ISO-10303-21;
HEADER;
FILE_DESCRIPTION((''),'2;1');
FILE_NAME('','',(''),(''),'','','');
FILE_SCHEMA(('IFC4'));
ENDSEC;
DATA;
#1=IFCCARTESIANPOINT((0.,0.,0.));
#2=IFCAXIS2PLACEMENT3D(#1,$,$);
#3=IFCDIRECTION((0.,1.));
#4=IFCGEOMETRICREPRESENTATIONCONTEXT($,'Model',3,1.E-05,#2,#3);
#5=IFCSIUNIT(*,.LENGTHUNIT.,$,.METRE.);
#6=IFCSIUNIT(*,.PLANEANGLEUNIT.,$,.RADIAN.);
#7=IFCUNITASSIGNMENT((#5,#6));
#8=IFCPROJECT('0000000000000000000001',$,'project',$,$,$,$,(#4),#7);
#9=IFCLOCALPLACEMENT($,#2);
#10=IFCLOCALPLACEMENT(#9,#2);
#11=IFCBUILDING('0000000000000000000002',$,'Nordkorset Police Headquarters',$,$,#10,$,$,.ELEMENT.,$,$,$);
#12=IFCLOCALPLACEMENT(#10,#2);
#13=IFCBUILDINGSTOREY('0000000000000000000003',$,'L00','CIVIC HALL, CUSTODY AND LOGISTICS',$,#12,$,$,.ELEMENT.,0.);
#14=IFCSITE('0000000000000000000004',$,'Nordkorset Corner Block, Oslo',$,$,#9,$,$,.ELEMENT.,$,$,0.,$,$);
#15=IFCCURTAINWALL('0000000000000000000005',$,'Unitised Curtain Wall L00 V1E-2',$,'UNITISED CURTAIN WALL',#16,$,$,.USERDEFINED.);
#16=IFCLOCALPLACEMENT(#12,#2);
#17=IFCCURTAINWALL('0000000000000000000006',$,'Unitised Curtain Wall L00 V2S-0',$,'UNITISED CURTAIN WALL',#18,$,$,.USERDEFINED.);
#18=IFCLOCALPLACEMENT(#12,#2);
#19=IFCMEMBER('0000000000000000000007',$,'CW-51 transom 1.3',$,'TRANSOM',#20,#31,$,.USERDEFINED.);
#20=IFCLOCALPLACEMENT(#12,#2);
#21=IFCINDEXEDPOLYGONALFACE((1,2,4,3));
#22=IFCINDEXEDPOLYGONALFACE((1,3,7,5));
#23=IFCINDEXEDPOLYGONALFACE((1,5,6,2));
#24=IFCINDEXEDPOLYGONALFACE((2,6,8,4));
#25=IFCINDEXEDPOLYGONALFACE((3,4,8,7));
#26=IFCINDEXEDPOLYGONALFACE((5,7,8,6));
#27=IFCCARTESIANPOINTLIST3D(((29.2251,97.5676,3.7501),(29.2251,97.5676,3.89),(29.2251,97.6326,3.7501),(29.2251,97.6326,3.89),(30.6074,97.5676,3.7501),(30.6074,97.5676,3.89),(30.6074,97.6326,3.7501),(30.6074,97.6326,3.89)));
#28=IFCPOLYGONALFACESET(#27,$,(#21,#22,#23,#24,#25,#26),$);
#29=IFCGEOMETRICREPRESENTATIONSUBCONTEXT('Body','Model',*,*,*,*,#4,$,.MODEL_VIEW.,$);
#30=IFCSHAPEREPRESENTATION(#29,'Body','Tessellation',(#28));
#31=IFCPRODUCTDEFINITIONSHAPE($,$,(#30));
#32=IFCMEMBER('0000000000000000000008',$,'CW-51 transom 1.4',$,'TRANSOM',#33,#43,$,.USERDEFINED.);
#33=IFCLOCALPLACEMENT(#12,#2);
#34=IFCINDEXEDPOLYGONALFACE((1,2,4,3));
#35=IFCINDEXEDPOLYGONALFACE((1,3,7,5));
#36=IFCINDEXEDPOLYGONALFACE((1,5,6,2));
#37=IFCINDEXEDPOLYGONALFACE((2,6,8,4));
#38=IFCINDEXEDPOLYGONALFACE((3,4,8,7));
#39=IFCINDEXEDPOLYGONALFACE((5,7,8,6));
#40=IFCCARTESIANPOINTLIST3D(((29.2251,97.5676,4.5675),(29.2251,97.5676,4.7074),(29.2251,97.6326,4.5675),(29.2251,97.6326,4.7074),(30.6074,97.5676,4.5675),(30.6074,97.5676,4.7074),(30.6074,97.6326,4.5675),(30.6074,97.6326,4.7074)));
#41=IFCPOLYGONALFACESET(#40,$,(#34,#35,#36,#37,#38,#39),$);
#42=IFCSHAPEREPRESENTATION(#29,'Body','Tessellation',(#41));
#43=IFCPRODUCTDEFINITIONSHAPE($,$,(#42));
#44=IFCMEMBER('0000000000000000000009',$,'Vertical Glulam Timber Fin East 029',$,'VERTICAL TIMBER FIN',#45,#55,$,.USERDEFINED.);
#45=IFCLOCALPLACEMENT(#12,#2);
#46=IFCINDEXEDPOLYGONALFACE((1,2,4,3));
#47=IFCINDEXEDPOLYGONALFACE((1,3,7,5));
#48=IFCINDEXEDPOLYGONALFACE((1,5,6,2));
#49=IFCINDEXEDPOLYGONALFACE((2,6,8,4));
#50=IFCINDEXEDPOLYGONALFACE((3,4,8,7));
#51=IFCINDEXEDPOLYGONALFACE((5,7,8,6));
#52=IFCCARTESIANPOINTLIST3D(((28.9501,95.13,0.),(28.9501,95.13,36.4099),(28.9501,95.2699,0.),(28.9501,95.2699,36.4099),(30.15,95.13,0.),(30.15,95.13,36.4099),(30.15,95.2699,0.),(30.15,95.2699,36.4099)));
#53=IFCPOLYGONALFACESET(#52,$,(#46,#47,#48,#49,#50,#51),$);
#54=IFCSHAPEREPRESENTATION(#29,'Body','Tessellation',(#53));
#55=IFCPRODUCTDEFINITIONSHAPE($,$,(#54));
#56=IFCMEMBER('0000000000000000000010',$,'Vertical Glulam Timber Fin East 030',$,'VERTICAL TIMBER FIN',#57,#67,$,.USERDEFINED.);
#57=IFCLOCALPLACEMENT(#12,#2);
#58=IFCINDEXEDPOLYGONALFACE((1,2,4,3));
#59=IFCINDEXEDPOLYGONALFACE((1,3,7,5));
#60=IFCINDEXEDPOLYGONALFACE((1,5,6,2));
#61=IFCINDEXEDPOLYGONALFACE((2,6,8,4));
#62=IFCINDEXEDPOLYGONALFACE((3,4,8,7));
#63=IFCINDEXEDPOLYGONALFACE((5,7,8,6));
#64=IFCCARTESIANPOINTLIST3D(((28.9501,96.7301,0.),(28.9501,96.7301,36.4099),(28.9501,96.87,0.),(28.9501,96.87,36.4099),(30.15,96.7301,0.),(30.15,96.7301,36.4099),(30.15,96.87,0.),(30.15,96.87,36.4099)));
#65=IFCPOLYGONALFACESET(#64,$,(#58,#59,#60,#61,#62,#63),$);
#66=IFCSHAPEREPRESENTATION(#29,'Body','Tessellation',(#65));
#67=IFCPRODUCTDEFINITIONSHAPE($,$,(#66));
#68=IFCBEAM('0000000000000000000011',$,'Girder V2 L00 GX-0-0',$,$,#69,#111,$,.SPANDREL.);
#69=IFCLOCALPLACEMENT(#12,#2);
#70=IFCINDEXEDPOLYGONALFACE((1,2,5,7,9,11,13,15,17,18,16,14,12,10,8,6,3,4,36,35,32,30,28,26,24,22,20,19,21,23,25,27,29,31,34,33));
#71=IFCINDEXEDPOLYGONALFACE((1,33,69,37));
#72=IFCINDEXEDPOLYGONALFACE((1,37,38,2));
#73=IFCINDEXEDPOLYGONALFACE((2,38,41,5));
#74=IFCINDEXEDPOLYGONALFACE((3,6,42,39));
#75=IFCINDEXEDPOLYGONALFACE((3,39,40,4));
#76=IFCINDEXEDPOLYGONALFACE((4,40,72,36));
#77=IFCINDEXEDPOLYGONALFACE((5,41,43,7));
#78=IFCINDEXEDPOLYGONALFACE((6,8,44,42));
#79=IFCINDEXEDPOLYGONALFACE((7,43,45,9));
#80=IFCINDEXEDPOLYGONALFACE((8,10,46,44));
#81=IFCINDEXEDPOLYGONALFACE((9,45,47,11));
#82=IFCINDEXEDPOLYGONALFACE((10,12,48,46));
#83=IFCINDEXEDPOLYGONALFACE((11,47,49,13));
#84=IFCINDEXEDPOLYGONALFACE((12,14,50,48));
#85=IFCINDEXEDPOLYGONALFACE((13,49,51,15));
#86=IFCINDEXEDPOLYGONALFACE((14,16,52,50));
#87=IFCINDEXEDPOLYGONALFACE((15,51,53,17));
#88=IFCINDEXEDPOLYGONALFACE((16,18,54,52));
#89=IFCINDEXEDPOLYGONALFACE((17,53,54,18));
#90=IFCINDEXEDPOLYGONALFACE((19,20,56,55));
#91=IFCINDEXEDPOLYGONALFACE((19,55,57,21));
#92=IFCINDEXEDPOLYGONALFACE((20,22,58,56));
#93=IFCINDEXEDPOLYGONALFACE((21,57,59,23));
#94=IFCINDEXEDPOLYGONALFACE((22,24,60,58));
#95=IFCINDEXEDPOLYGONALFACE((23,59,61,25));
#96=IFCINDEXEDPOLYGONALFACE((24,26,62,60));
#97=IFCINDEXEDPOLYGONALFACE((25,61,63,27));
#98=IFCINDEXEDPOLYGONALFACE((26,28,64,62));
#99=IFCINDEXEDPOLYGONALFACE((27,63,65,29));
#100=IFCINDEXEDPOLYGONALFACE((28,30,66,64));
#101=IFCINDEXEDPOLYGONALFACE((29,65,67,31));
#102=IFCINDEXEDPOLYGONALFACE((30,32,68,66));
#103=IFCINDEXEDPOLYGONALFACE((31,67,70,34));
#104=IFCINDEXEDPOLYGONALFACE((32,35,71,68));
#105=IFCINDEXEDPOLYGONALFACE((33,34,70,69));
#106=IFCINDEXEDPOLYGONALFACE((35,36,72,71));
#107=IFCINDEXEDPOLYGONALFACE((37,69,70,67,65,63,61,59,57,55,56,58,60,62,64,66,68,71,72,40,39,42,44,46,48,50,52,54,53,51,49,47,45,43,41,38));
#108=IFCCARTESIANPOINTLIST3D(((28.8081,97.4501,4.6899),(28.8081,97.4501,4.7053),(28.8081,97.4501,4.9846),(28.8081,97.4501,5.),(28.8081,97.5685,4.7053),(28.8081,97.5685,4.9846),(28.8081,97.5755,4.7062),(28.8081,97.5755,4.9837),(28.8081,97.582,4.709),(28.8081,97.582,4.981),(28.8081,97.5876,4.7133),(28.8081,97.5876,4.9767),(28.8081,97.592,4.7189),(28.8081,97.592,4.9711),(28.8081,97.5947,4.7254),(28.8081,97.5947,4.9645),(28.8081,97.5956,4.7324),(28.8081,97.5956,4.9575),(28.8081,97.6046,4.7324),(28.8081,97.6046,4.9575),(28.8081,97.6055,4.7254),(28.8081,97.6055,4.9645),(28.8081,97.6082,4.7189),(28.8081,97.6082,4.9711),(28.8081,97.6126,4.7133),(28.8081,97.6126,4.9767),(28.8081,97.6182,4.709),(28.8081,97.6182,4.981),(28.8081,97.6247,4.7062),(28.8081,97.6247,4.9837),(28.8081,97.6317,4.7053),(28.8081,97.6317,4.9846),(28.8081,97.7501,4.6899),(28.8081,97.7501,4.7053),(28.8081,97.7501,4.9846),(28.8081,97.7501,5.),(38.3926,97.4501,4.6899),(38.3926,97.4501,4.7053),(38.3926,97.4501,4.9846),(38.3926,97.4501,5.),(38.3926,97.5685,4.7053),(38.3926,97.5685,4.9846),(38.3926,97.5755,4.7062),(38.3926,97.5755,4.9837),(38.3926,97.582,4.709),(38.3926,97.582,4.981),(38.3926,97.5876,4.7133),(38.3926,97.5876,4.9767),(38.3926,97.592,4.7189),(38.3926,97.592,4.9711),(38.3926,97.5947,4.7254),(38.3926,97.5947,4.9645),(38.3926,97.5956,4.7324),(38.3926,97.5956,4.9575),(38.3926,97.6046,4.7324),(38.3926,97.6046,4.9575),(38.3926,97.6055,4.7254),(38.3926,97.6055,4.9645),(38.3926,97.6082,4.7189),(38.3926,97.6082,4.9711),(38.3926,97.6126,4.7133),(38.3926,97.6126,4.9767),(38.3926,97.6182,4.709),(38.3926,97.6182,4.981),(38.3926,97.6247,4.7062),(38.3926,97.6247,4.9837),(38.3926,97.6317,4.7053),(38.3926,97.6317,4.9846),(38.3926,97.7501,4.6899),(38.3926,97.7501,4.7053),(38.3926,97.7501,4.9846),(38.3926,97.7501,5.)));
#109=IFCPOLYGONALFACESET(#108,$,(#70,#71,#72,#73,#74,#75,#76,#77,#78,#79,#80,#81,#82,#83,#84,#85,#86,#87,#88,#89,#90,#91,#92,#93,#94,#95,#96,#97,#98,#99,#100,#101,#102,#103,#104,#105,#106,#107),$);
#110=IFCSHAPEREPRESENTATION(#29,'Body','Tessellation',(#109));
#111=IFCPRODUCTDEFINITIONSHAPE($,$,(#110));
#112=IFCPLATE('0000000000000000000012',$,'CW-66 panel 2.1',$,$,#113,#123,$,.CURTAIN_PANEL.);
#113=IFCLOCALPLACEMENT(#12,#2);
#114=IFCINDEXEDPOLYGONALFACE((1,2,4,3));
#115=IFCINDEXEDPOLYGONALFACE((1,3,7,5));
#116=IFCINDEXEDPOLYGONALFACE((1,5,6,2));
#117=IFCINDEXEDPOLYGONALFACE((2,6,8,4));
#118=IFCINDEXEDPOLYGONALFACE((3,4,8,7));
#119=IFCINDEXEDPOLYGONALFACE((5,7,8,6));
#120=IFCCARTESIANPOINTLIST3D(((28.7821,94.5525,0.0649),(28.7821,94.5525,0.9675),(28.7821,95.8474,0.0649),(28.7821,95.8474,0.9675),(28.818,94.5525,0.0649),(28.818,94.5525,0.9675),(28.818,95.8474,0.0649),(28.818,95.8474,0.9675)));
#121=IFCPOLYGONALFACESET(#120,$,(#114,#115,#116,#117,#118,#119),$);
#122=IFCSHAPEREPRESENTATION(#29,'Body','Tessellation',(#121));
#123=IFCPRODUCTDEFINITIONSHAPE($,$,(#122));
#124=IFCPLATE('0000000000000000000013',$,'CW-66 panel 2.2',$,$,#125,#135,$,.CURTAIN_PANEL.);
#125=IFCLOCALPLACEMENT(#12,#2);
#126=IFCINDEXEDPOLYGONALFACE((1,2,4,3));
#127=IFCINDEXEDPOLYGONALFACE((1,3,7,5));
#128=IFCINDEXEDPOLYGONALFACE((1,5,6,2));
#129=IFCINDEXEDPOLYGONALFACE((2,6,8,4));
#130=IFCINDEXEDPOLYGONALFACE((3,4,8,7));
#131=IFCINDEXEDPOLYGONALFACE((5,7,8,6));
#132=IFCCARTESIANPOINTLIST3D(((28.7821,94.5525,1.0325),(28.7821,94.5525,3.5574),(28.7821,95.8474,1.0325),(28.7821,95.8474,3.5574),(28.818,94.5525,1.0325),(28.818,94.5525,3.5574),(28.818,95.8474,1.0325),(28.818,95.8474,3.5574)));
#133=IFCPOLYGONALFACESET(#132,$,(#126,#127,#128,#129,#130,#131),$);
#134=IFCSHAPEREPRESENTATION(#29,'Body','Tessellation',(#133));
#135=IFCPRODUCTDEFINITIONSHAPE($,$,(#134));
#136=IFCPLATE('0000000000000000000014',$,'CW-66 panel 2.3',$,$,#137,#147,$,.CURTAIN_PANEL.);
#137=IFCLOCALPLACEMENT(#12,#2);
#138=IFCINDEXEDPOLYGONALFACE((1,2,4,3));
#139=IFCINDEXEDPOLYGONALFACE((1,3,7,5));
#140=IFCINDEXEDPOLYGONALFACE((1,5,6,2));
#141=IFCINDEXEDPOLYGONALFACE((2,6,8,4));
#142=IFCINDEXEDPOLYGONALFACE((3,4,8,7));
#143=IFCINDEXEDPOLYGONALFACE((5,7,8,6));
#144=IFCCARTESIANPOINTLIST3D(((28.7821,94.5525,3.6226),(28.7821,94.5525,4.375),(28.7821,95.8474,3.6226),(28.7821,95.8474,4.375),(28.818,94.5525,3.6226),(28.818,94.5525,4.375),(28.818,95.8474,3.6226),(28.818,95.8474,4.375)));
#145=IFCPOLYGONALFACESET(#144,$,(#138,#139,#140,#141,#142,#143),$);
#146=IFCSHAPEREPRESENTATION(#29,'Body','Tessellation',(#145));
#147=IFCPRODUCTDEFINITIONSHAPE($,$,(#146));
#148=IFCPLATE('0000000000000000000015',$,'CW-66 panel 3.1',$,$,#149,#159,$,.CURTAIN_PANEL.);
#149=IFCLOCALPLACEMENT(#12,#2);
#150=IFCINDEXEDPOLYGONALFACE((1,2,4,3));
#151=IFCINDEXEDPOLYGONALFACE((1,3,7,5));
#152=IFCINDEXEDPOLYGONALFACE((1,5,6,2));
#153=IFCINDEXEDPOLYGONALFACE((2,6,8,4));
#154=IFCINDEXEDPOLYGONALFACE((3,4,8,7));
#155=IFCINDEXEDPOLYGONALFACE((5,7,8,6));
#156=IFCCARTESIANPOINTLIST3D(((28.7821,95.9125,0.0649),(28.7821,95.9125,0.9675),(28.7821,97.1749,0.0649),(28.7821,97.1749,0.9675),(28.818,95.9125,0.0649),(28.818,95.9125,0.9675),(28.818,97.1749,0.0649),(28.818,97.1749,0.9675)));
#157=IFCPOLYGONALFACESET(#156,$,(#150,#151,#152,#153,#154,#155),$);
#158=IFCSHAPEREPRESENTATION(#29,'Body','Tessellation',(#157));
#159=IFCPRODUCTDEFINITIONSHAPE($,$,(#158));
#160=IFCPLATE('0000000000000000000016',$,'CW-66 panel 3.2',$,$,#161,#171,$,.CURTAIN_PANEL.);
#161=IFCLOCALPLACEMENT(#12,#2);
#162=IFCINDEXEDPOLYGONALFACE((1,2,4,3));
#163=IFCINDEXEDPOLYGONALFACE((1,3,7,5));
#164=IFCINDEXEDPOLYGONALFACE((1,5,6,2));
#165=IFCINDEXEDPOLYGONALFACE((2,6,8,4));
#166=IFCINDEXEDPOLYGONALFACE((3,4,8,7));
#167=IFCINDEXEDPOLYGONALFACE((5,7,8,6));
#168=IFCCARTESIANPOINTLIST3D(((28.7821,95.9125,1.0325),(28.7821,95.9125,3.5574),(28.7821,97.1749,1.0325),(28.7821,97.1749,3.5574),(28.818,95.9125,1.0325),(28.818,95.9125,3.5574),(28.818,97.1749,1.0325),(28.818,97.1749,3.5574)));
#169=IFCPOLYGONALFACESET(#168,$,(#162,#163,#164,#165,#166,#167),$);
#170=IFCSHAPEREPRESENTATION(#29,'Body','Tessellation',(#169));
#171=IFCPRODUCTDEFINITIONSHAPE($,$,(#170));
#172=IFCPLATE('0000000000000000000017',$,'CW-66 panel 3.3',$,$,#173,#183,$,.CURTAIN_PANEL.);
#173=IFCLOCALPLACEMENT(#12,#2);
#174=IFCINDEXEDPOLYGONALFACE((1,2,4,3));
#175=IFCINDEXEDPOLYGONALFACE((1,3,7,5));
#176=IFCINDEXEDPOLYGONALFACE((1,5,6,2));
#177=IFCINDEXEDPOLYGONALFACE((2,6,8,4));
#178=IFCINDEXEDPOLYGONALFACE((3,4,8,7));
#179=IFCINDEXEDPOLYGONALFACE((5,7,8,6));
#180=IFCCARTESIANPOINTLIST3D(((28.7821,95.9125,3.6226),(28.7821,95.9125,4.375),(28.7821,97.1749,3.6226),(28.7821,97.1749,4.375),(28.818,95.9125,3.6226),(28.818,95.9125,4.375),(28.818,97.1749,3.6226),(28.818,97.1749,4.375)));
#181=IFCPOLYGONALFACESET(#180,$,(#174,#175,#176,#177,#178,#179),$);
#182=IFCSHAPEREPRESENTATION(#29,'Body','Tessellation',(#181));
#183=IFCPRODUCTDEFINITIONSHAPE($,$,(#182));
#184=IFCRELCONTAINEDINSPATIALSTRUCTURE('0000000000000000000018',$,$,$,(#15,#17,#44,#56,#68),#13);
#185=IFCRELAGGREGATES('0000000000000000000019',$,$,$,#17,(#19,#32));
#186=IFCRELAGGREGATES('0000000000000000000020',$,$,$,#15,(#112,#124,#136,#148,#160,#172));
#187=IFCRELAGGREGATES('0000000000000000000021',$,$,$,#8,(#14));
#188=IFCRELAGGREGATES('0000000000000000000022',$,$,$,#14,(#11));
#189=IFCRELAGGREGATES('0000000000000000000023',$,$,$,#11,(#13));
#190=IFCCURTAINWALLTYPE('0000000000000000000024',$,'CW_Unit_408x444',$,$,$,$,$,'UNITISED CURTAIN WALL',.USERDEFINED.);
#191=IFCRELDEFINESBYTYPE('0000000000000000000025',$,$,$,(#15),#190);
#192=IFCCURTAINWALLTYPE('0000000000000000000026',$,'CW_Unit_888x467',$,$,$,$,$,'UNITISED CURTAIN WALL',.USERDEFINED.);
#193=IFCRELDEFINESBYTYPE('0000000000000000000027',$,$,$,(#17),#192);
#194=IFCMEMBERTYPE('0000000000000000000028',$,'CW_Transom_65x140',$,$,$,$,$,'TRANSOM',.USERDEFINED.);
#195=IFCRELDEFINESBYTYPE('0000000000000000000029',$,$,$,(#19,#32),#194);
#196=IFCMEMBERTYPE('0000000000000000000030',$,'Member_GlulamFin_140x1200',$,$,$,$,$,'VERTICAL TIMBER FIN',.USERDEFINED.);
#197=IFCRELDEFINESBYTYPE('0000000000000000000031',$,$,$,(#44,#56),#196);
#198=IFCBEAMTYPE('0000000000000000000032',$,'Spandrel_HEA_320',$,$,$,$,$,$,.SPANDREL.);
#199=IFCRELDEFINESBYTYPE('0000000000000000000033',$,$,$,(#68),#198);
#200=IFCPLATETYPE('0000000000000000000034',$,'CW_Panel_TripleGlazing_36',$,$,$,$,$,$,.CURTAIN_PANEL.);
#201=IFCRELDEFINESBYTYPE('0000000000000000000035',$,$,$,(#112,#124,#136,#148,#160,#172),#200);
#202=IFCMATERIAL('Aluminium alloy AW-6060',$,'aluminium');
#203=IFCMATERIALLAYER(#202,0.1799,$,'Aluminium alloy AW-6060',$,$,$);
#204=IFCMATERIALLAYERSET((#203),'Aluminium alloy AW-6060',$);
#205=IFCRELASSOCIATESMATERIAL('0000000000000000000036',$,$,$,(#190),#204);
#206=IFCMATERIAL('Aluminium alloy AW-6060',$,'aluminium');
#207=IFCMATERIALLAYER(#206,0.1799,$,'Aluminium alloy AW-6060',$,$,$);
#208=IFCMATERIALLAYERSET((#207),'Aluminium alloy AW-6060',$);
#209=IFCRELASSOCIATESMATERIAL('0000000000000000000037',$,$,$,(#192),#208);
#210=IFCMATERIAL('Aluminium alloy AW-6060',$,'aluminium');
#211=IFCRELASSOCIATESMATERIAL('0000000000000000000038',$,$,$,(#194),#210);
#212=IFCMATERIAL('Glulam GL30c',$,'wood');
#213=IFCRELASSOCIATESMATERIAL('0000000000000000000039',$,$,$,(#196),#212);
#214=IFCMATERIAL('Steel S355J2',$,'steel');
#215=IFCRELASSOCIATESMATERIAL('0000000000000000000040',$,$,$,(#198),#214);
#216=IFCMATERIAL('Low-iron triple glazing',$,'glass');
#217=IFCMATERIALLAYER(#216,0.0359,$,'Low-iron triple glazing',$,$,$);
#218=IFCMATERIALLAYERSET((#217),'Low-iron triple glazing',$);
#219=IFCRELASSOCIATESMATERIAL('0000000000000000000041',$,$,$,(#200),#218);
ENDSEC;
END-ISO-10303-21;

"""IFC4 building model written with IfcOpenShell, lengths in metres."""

from ifc_helpers import new_model, si_unit, direction, frame, origin, origin_2d, place, context, subcontext, project, spatial, rectangle, i_section, extrude, material, layer, layer_set, material_profile, profile_set, type_object, element, aggregate, save


model = new_model("IFC4")

# Units and contexts
model_context = context("Model", 3, precision=1e-05, world=origin(), true_north=direction((0.0, 1.0)))
body_context = subcontext(model_context, "Body", "Model", "MODEL_VIEW")
ifc_project = project(units=[si_unit("LENGTHUNIT", "METRE"), si_unit("PLANEANGLEUNIT", "RADIAN")], contexts=[model_context])

# Site, building, storey
site_placement = place(None, origin())
site = spatial("IfcSite", under=ifc_project, at=site_placement, Name="Nordkorset Corner Block, Oslo", CompositionType="ELEMENT", RefElevation=0.0)
building_placement = place(site_placement, origin())
building = spatial("IfcBuilding", under=site, at=building_placement, Name="Nordkorset Police Headquarters", CompositionType="ELEMENT")
storey_placement = place(building_placement, origin())
storey = spatial("IfcBuildingStorey", under=building, at=storey_placement, Name="L00", Description="CIVIC HALL, CUSTODY AND LOGISTICS", CompositionType="ELEMENT", Elevation=0.0)

# Curtain wall
ifc_material_1 = material(Name="Aluminium alloy AW-6060", Category="aluminium")
ifc_layer_1 = layer(ifc_material_1, 0.1799, Name="Aluminium alloy AW-6060")
ifc_layer_set_1 = layer_set([ifc_layer_1], Name="Aluminium alloy AW-6060")
curtain_wall_type_1 = type_object("IfcCurtainWallType", Name="CW_Unit_408x444", ElementType="UNITISED CURTAIN WALL", PredefinedType="USERDEFINED", material=ifc_layer_set_1)
curtain_wall_1_placement = place(storey_placement, origin())
curtain_wall_1 = element("IfcCurtainWall", 1, at=curtain_wall_1_placement, inside=storey, type_object=curtain_wall_type_1, Name="Unitised Curtain Wall L00 V1E-2", ObjectType="UNITISED CURTAIN WALL", PredefinedType="USERDEFINED")

# Curtain wall
ifc_material_2 = material(Name="Aluminium alloy AW-6060", Category="aluminium")
ifc_layer_2 = layer(ifc_material_2, 0.1799, Name="Aluminium alloy AW-6060")
ifc_layer_set_2 = layer_set([ifc_layer_2], Name="Aluminium alloy AW-6060")
curtain_wall_type_2 = type_object("IfcCurtainWallType", Name="CW_Unit_888x467", ElementType="UNITISED CURTAIN WALL", PredefinedType="USERDEFINED", material=ifc_layer_set_2)
curtain_wall_2_placement = place(storey_placement, origin())
curtain_wall_2 = element("IfcCurtainWall", 2, at=curtain_wall_2_placement, inside=storey, type_object=curtain_wall_type_2, Name="Unitised Curtain Wall L00 V2S-0", ObjectType="UNITISED CURTAIN WALL", PredefinedType="USERDEFINED")

# Members
ifc_material_3 = material(Name="Aluminium alloy AW-6060", Category="aluminium")
ifc_material_profile_1 = material_profile(ifc_material_3, rectangle(XDim=0.0649, YDim=0.1399, at=origin_2d()), Name="ALU TRAN 65x140")
ifc_profile_set_1 = profile_set([ifc_material_profile_1], Name="Aluminium alloy AW-6060")
member_type_1 = type_object("IfcMemberType", Name="CW_Transom_65x140", ElementType="TRANSOM", PredefinedType="USERDEFINED", material=ifc_profile_set_1)
member_1_placement = place(storey_placement, frame((29.2251, 97.6001, 3.8201), z_axis=(1.0, 0.0, 0.0), x_axis=(0.0, 1.0, 0.0)))
member_1 = element("IfcMember", 3, at=member_1_placement, type_object=member_type_1, Name="CW-51 transom 1.3", ObjectType="TRANSOM", PredefinedType="USERDEFINED", context=body_context, shape_type="SweptSolid", body=[
    extrude(rectangle(XDim=0.0649, YDim=0.1399, at=origin_2d()), origin(), (0.0, 0.0, 1.0), 1.3823),
])
member_2_placement = place(storey_placement, frame((29.2251, 97.6001, 4.6375), z_axis=(1.0, 0.0, 0.0), x_axis=(0.0, 1.0, 0.0)))
member_2 = element("IfcMember", 4, at=member_2_placement, type_object=member_type_1, Name="CW-51 transom 1.4", ObjectType="TRANSOM", PredefinedType="USERDEFINED", context=body_context, shape_type="SweptSolid", body=[
    extrude(rectangle(XDim=0.0649, YDim=0.1399, at=origin_2d()), origin(), (0.0, 0.0, 1.0), 1.3823),
])
aggregate(curtain_wall_2, [member_1, member_2])

# Members
ifc_material_4 = material(Name="Glulam GL30c", Category="wood")
ifc_material_profile_2 = material_profile(ifc_material_4, rectangle(XDim=0.1399, YDim=1.2, at=origin_2d()), Name="GL30C FIN 140x1200")
ifc_profile_set_2 = profile_set([ifc_material_profile_2], Name="Glulam GL30c")
member_type_2 = type_object("IfcMemberType", Name="Member_GlulamFin_140x1200", ElementType="VERTICAL TIMBER FIN", PredefinedType="USERDEFINED", material=ifc_profile_set_2)
for number, where, z_axis, x_axis, name in (
    (5, (29.55, 95.2, 0.0), (0.0, 0.0, 1.0), (0.0, 1.0, 0.0), "Vertical Glulam Timber Fin East 029"),
    (6, (29.55, 96.8, 0.0), (0.0, 0.0, 1.0), (0.0, 1.0, 0.0), "Vertical Glulam Timber Fin East 030"),
):
    element("IfcMember", number, at=place(storey_placement, frame(where, z_axis=z_axis, x_axis=x_axis)), inside=storey, type_object=member_type_2, Name=name, ObjectType="VERTICAL TIMBER FIN", PredefinedType="USERDEFINED", context=body_context, shape_type="SweptSolid", body=[
        extrude(rectangle(XDim=0.1399, YDim=1.2, at=origin_2d()), origin(), (0.0, 0.0, 1.0), 36.4099),
    ])

# Beam
ifc_material_5 = material(Name="Steel S355J2", Category="steel")
ifc_material_profile_3 = material_profile(ifc_material_5, i_section(OverallWidth=0.3, OverallDepth=0.3101, WebThickness=0.009, FlangeThickness=0.0154, FilletRadius=0.0271, at=origin_2d()), Name="HEA 320")
ifc_profile_set_3 = profile_set([ifc_material_profile_3], Name="Steel S355J2")
beam_type = type_object("IfcBeamType", Name="Spandrel_HEA_320", PredefinedType="SPANDREL", material=ifc_profile_set_3)
beam_placement = place(storey_placement, frame((28.8081, 97.6001, 4.845), z_axis=(1.0, 0.0, 0.0), x_axis=(0.0, 1.0, 0.0)))
element("IfcBeam", 7, at=beam_placement, inside=storey, type_object=beam_type, Name="Girder V2 L00 GX-0-0", PredefinedType="SPANDREL", context=body_context, shape_type="SweptSolid", body=[
    extrude(i_section(OverallWidth=0.3, OverallDepth=0.3101, WebThickness=0.009, FlangeThickness=0.0154, FilletRadius=0.0271, at=origin_2d()), origin(), (0.0, 0.0, 1.0), 9.5845),
])

# Plates
ifc_material_6 = material(Name="Low-iron triple glazing", Category="glass")
ifc_layer_3 = layer(ifc_material_6, 0.0359, Name="Low-iron triple glazing")
ifc_layer_set_3 = layer_set([ifc_layer_3], Name="Low-iron triple glazing")
plate_type = type_object("IfcPlateType", Name="CW_Panel_TripleGlazing_36", PredefinedType="CURTAIN_PANEL", material=ifc_layer_set_3)
plate_1_placement = place(storey_placement, frame((28.8, 95.2, 0.0649), z_axis=(0.0, 0.0, 1.0), x_axis=(0.0, 1.0, 0.0)))
plate_1 = element("IfcPlate", 8, at=plate_1_placement, type_object=plate_type, Name="CW-66 panel 2.1", PredefinedType="CURTAIN_PANEL", context=body_context, shape_type="SweptSolid", body=[
    extrude(rectangle(XDim=1.2949, YDim=0.0359, at=origin_2d()), origin(), (0.0, 0.0, 1.0), 0.9026),
])
plate_2_placement = place(storey_placement, frame((28.8, 95.2, 1.0325), z_axis=(0.0, 0.0, 1.0), x_axis=(0.0, 1.0, 0.0)))
plate_2 = element("IfcPlate", 9, at=plate_2_placement, type_object=plate_type, Name="CW-66 panel 2.2", PredefinedType="CURTAIN_PANEL", context=body_context, shape_type="SweptSolid", body=[
    extrude(rectangle(XDim=1.2949, YDim=0.0359, at=origin_2d()), origin(), (0.0, 0.0, 1.0), 2.5249),
])
plate_3_placement = place(storey_placement, frame((28.8, 95.2, 3.6226), z_axis=(0.0, 0.0, 1.0), x_axis=(0.0, 1.0, 0.0)))
plate_3 = element("IfcPlate", 10, at=plate_3_placement, type_object=plate_type, Name="CW-66 panel 2.3", PredefinedType="CURTAIN_PANEL", context=body_context, shape_type="SweptSolid", body=[
    extrude(rectangle(XDim=1.2949, YDim=0.0359, at=origin_2d()), origin(), (0.0, 0.0, 1.0), 0.7524),
])
plate_4_placement = place(storey_placement, frame((28.8, 96.5437, 0.0649), z_axis=(0.0, 0.0, 1.0), x_axis=(0.0, 1.0, 0.0)))
plate_4 = element("IfcPlate", 11, at=plate_4_placement, type_object=plate_type, Name="CW-66 panel 3.1", PredefinedType="CURTAIN_PANEL", context=body_context, shape_type="SweptSolid", body=[
    extrude(rectangle(XDim=1.2625, YDim=0.0359, at=origin_2d()), origin(), (0.0, 0.0, 1.0), 0.9026),
])
plate_5_placement = place(storey_placement, frame((28.8, 96.5437, 1.0325), z_axis=(0.0, 0.0, 1.0), x_axis=(0.0, 1.0, 0.0)))
plate_5 = element("IfcPlate", 12, at=plate_5_placement, type_object=plate_type, Name="CW-66 panel 3.2", PredefinedType="CURTAIN_PANEL", context=body_context, shape_type="SweptSolid", body=[
    extrude(rectangle(XDim=1.2625, YDim=0.0359, at=origin_2d()), origin(), (0.0, 0.0, 1.0), 2.5249),
])
plate_6_placement = place(storey_placement, frame((28.8, 96.5437, 3.6226), z_axis=(0.0, 0.0, 1.0), x_axis=(0.0, 1.0, 0.0)))
plate_6 = element("IfcPlate", 13, at=plate_6_placement, type_object=plate_type, Name="CW-66 panel 3.3", PredefinedType="CURTAIN_PANEL", context=body_context, shape_type="SweptSolid", body=[
    extrude(rectangle(XDim=1.2625, YDim=0.0359, at=origin_2d()), origin(), (0.0, 0.0, 1.0), 0.7524),
])
aggregate(curtain_wall_1, [plate_1, plate_2, plate_3, plate_4, plate_5, plate_6])

save(model, "model.ifc")
